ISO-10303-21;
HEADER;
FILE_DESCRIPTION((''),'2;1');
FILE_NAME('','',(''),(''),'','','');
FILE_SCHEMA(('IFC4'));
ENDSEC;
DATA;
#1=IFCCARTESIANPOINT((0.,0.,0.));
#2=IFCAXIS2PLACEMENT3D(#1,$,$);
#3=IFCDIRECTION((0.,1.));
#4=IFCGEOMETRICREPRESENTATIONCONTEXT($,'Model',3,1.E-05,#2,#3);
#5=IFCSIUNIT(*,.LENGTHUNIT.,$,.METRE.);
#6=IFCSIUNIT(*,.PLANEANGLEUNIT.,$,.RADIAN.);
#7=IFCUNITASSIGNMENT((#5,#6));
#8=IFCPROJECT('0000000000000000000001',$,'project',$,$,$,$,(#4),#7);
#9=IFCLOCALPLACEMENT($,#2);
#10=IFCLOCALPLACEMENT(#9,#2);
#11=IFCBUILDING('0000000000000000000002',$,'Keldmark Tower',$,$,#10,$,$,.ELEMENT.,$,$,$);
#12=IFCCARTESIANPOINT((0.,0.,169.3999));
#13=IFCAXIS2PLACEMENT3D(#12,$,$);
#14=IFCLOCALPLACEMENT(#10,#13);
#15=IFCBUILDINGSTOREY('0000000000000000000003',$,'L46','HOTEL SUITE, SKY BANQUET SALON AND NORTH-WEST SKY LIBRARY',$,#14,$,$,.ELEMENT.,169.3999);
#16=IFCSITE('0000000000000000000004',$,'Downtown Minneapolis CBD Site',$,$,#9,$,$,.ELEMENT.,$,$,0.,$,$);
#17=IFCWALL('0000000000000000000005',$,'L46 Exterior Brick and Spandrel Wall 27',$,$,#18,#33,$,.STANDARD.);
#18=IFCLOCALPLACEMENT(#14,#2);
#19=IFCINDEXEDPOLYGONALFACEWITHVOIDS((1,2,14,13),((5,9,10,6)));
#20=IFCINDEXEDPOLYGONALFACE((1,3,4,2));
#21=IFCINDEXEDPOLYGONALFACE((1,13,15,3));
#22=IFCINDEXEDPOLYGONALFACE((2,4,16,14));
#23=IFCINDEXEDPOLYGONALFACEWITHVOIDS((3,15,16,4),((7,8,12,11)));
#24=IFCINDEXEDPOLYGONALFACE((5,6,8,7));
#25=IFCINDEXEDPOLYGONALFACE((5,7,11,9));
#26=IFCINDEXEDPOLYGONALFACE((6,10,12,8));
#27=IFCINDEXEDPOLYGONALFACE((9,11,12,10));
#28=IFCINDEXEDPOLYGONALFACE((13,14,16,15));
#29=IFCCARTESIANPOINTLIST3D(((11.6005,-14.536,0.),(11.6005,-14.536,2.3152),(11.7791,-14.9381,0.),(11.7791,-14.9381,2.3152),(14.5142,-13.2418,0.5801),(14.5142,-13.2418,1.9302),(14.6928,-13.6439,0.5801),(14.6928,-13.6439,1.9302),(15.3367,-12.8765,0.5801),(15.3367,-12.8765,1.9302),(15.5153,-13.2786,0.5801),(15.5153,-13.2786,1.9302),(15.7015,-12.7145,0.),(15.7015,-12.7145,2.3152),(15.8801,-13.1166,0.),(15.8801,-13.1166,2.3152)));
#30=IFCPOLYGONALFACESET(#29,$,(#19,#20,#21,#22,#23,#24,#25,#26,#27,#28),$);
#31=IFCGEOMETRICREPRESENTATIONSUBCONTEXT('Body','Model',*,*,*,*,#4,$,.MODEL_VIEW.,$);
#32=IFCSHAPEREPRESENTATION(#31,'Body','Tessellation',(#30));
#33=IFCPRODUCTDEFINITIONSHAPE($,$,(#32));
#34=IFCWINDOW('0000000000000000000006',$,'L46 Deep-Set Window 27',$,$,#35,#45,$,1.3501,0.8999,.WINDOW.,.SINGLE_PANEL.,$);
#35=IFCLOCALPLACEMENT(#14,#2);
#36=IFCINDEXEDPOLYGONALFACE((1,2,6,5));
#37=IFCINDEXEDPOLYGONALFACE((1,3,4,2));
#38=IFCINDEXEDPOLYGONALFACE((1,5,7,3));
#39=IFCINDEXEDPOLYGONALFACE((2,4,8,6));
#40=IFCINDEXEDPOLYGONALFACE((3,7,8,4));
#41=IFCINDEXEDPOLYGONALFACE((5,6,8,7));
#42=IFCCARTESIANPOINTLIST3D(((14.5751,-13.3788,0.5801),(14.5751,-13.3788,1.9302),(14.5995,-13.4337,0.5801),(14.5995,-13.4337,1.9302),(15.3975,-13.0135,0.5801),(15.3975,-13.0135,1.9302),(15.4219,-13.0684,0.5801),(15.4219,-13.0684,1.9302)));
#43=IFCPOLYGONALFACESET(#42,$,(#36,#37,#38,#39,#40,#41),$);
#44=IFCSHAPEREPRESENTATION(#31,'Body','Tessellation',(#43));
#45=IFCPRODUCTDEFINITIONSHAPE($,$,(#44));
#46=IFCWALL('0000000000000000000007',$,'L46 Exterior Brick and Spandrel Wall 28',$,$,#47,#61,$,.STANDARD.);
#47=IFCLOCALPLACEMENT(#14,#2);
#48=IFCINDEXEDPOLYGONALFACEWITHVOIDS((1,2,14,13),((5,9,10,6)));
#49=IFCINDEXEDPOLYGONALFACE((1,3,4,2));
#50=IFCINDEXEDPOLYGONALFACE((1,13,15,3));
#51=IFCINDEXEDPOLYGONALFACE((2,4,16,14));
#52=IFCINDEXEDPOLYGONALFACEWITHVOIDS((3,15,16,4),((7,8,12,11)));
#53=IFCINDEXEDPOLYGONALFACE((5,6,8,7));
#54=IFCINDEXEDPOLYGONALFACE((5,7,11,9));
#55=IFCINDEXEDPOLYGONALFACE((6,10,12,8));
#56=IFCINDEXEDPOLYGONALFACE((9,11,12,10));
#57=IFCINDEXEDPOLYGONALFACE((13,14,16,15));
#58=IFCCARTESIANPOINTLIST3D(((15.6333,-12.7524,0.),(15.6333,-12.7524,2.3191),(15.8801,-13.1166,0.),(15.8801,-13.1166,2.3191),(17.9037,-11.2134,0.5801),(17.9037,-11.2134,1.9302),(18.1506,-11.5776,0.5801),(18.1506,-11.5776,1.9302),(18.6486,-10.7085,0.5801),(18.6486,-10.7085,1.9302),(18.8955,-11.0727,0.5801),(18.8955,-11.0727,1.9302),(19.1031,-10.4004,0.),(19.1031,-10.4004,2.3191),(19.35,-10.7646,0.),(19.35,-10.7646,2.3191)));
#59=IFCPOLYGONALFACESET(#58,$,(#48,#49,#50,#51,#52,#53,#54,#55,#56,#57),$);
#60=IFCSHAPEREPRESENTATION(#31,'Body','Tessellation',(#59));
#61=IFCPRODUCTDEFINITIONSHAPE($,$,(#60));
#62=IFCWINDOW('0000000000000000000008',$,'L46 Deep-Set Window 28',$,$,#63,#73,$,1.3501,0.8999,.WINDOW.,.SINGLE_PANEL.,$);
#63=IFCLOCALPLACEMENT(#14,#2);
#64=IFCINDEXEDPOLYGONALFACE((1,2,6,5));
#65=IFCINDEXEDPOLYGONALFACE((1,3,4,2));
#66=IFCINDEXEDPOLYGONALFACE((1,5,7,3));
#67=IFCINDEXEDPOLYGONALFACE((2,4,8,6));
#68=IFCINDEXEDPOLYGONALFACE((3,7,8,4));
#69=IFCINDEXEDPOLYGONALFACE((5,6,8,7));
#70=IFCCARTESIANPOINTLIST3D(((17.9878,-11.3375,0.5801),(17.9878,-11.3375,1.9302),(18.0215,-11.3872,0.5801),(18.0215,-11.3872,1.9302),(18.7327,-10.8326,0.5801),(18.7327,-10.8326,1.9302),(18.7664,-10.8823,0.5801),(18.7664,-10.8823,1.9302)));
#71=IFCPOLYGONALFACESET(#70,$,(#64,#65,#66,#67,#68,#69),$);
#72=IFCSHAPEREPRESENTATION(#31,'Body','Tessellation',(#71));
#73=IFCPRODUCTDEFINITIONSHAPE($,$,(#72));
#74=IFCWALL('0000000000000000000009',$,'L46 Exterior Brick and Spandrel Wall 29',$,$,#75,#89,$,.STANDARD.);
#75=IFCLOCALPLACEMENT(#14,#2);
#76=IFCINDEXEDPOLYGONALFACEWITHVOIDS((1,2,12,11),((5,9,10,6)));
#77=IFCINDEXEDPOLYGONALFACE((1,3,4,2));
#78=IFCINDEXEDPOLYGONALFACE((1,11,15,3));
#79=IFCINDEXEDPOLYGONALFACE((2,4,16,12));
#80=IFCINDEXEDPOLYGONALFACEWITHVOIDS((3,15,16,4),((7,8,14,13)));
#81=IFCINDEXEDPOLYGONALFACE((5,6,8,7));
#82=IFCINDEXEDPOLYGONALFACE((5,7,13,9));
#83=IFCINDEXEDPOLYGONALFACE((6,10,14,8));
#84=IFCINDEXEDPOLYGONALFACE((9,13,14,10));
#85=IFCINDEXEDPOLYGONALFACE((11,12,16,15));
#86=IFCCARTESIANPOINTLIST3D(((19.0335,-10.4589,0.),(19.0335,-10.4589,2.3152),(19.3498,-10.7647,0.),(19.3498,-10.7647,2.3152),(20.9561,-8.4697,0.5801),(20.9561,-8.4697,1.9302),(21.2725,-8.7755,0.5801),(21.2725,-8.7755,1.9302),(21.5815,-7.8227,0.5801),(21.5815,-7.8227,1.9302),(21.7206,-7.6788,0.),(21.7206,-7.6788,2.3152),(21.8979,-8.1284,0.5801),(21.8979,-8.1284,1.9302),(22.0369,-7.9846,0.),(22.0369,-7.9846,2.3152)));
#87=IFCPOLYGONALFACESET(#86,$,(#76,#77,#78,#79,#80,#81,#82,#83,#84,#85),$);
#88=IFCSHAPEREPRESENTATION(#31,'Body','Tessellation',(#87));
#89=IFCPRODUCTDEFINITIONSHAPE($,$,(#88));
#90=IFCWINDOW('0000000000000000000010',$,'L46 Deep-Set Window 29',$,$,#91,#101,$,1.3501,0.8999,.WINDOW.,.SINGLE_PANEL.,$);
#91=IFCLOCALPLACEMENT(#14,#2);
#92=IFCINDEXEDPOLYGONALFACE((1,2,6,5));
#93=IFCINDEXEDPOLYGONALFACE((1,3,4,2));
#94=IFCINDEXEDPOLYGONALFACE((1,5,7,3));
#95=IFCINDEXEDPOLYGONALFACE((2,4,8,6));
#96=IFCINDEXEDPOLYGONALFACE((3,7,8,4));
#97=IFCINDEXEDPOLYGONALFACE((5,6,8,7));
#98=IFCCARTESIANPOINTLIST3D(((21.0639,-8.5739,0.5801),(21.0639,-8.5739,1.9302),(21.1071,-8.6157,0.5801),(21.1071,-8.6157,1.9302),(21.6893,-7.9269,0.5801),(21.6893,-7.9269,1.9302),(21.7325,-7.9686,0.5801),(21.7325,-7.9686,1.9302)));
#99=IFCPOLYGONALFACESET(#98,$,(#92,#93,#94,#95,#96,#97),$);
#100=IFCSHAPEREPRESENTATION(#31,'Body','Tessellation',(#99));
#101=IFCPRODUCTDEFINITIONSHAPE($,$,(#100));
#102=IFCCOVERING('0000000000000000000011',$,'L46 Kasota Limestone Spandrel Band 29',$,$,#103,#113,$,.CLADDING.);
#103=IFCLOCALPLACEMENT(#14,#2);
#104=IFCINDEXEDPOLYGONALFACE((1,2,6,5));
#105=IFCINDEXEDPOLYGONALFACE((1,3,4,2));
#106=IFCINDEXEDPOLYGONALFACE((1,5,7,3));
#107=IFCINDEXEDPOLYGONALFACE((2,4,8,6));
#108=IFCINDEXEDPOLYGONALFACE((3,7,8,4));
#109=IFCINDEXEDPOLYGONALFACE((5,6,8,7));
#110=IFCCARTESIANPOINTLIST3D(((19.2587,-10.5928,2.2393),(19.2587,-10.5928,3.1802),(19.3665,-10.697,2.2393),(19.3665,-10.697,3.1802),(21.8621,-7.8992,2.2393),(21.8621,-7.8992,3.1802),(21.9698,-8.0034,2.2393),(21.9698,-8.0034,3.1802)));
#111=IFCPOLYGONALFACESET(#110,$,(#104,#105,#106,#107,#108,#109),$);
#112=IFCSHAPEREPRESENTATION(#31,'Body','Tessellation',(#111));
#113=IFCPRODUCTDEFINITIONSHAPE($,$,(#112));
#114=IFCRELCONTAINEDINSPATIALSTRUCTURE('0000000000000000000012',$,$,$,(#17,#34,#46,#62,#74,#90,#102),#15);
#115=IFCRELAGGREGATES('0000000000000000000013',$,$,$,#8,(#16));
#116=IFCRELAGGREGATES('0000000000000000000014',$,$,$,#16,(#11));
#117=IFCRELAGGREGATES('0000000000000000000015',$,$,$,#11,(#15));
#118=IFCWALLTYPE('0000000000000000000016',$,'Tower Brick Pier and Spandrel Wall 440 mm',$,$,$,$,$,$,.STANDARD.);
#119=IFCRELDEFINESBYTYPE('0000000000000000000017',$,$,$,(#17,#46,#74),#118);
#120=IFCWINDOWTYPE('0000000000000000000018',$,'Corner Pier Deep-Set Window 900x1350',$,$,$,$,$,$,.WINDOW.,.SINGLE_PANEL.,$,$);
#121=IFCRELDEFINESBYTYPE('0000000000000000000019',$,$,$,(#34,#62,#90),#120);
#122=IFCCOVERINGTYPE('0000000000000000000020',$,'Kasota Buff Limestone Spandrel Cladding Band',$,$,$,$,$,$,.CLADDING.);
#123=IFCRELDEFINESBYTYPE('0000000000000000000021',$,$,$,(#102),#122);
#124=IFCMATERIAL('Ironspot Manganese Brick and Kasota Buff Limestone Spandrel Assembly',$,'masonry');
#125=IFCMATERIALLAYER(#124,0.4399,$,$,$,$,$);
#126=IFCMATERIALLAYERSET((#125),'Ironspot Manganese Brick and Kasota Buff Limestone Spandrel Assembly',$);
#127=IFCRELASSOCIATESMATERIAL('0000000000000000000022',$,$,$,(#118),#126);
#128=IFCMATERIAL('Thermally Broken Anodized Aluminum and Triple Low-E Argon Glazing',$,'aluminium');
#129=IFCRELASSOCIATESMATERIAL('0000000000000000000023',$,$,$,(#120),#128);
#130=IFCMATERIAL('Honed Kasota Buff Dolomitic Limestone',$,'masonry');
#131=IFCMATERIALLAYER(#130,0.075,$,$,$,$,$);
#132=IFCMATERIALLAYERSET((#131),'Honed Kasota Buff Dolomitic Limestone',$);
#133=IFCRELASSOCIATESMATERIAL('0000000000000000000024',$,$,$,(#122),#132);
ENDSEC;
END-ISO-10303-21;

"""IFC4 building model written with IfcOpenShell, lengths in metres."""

from ifc_helpers import new_model, si_unit, direction, frame, frame_2d, origin, origin_2d, place, context, subcontext, project, spatial, rectangle, extrude, material, layer, layer_set, type_object, element, fill, save


model = new_model("IFC4")

# Units and contexts
model_context = context("Model", 3, precision=1e-05, world=origin(), true_north=direction((0.0, 1.0)))
body_context = subcontext(model_context, "Body", "Model", "MODEL_VIEW")
ifc_project = project(units=[si_unit("LENGTHUNIT", "METRE"), si_unit("PLANEANGLEUNIT", "RADIAN")], contexts=[model_context])

# Site, building, storey
site_placement = place(None, origin())
site = spatial("IfcSite", under=ifc_project, at=site_placement, Name="Downtown Minneapolis CBD Site", CompositionType="ELEMENT", RefElevation=0.0)
building_placement = place(site_placement, origin())
building = spatial("IfcBuilding", under=site, at=building_placement, Name="Keldmark Tower", CompositionType="ELEMENT")
storey_placement = place(building_placement, frame((0.0, 0.0, 169.3999)))
storey = spatial("IfcBuildingStorey", under=building, at=storey_placement, Name="L46", Description="HOTEL SUITE, SKY BANQUET SALON AND NORTH-WEST SKY LIBRARY", CompositionType="ELEMENT", Elevation=169.3999)

# Walls, openings, windows
ifc_material_1 = material(Name="Ironspot Manganese Brick and Kasota Buff Limestone Spandrel Assembly", Category="masonry")
ifc_layer_1 = layer(ifc_material_1, 0.4399)
ifc_layer_set_1 = layer_set([ifc_layer_1], Name="Ironspot Manganese Brick and Kasota Buff Limestone Spandrel Assembly")
wall_type_1 = type_object("IfcWallType", Name="Tower Brick Pier and Spandrel Wall 440 mm", PredefinedType="STANDARD", material=ifc_layer_set_1)
wall_1_placement = place(storey_placement, frame((15.7908, -12.9155, 0.0), z_axis=(0.0, 0.0, 1.0), x_axis=(-0.913908, -0.405921, 0.0)))
wall_1 = element("IfcWall", 1, at=wall_1_placement, inside=storey, type_object=wall_type_1, Name="L46 Exterior Brick and Spandrel Wall 27", PredefinedType="STANDARD", context=body_context, shape_type="SweptSolid", body=[
    extrude(rectangle(XDim=4.4873, YDim=0.4399, at=frame_2d((2.2437, 0.0))), origin(), (0.0, 0.0, 1.0), 2.3152),
])
opening_1_placement = place(wall_1_placement, frame((0.3992, 0.0, 0.5801)))
opening_1 = element("IfcOpeningElement", 2, at=opening_1_placement, cuts=wall_1, PredefinedType="OPENING", context=body_context, shape_type="SweptSolid", body=[
    extrude(rectangle(XDim=0.8999, YDim=1.3501, at=frame_2d((0.45, 0.675))), frame((0.0, 0.23, 0.0), z_axis=(0.0, -1.0, 0.0), x_axis=(1.0, 0.0, 0.0)), (0.0, 0.0, 1.0), 0.46),
])
ifc_material_2 = material(Name="Thermally Broken Anodized Aluminum and Triple Low-E Argon Glazing", Category="aluminium")
window_type = type_object("IfcWindowType", Name="Corner Pier Deep-Set Window 900x1350", PartitioningType="SINGLE_PANEL", PredefinedType="WINDOW", material=ifc_material_2)
window_1_placement = place(opening_1_placement, origin())
window_1 = element("IfcWindow", 3, at=window_1_placement, inside=storey, type_object=window_type, Name="L46 Deep-Set Window 27", OverallHeight=1.3501, OverallWidth=0.8999, PartitioningType="SINGLE_PANEL", PredefinedType="WINDOW", context=body_context, shape_type="SweptSolid", body=[
    extrude(rectangle(XDim=0.8999, YDim=1.3501, at=frame_2d((0.45, 0.675))), frame((0.0, -0.01, 0.0), z_axis=(0.0, -1.0, 0.0), x_axis=(1.0, 0.0, 0.0)), (0.0, 0.0, 1.0), 0.0601),
])
fill(opening_1, window_1)
wall_2_placement = place(storey_placement, frame((19.2266, -10.5825, 0.0), z_axis=(0.0, 0.0, 1.0), x_axis=(-0.827761, -0.561081, 0.0)))
wall_2 = element("IfcWall", 4, at=wall_2_placement, inside=storey, type_object=wall_type_1, Name="L46 Exterior Brick and Spandrel Wall 28", PredefinedType="STANDARD", context=body_context, shape_type="SweptSolid", body=[
    extrude(rectangle(XDim=4.1919, YDim=0.4399, at=frame_2d((2.0959, 0.0))), origin(), (0.0, 0.0, 1.0), 2.3191),
])
opening_2_placement = place(wall_2_placement, frame((0.5491, 0.0, 0.5801)))
opening_2 = element("IfcOpeningElement", 5, at=opening_2_placement, cuts=wall_2, PredefinedType="OPENING", context=body_context, shape_type="SweptSolid", body=[
    extrude(rectangle(XDim=0.8999, YDim=1.3501, at=frame_2d((0.45, 0.675))), frame((0.0, 0.23, 0.0), z_axis=(0.0, -1.0, 0.0), x_axis=(1.0, 0.0, 0.0)), (0.0, 0.0, 1.0), 0.46),
])
window_2_placement = place(opening_2_placement, origin())
window_2 = element("IfcWindow", 6, at=window_2_placement, inside=storey, type_object=window_type, Name="L46 Deep-Set Window 28", OverallHeight=1.3501, OverallWidth=0.8999, PartitioningType="SINGLE_PANEL", PredefinedType="WINDOW", context=body_context, shape_type="SweptSolid", body=[
    extrude(rectangle(XDim=0.8999, YDim=1.3501, at=frame_2d((0.45, 0.675))), frame((0.0, -0.01, 0.0), z_axis=(0.0, -1.0, 0.0), x_axis=(1.0, 0.0, 0.0)), (0.0, 0.0, 1.0), 0.0601),
])
fill(opening_2, window_2)
wall_3_placement = place(storey_placement, frame((21.8787, -7.8318, 0.0), z_axis=(0.0, 0.0, 1.0), x_axis=(-0.694975, -0.719034, 0.0)))
wall_3 = element("IfcWall", 7, at=wall_3_placement, inside=storey, type_object=wall_type_1, Name="L46 Exterior Brick and Spandrel Wall 29", PredefinedType="STANDARD", context=body_context, shape_type="SweptSolid", body=[
    extrude(rectangle(XDim=3.8665, YDim=0.4399, at=frame_2d((1.9331, 0.0))), origin(), (0.0, 0.0, 1.0), 2.3152),
])
opening_3_placement = place(wall_3_placement, frame((0.2, 0.0, 0.5801)))
opening_3 = element("IfcOpeningElement", 8, at=opening_3_placement, cuts=wall_3, PredefinedType="OPENING", context=body_context, shape_type="SweptSolid", body=[
    extrude(rectangle(XDim=0.8999, YDim=1.3501, at=frame_2d((0.45, 0.675))), frame((0.0, 0.23, 0.0), z_axis=(0.0, -1.0, 0.0), x_axis=(1.0, 0.0, 0.0)), (0.0, 0.0, 1.0), 0.46),
])
window_3_placement = place(opening_3_placement, origin())
window_3 = element("IfcWindow", 9, at=window_3_placement, inside=storey, type_object=window_type, Name="L46 Deep-Set Window 29", OverallHeight=1.3501, OverallWidth=0.8999, PartitioningType="SINGLE_PANEL", PredefinedType="WINDOW", context=body_context, shape_type="SweptSolid", body=[
    extrude(rectangle(XDim=0.8999, YDim=1.3501, at=frame_2d((0.45, 0.675))), frame((0.0, -0.01, 0.0), z_axis=(0.0, -1.0, 0.0), x_axis=(1.0, 0.0, 0.0)), (0.0, 0.0, 1.0), 0.0601),
])
fill(opening_3, window_3)

# Covering
ifc_material_3 = material(Name="Honed Kasota Buff Dolomitic Limestone", Category="masonry")
ifc_layer_2 = layer(ifc_material_3, 0.075)
ifc_layer_set_2 = layer_set([ifc_layer_2], Name="Honed Kasota Buff Dolomitic Limestone")
covering_type = type_object("IfcCoveringType", Name="Kasota Buff Limestone Spandrel Cladding Band", PredefinedType="CLADDING", material=ifc_layer_set_2)
covering_placement = place(storey_placement, frame((20.6143, -9.2981, 2.2393), z_axis=(0.0, 0.0, 1.0), x_axis=(0.69496, 0.719049, 0.0)))
element("IfcCovering", 10, at=covering_placement, inside=storey, type_object=covering_type, Name="L46 Kasota Limestone Spandrel Band 29", PredefinedType="CLADDING", context=body_context, shape_type="SweptSolid", body=[
    extrude(rectangle(XDim=3.7461, YDim=0.1499, at=origin_2d()), origin(), (0.0, 0.0, 1.0), 0.9409),
])

save(model, "model.ifc")
